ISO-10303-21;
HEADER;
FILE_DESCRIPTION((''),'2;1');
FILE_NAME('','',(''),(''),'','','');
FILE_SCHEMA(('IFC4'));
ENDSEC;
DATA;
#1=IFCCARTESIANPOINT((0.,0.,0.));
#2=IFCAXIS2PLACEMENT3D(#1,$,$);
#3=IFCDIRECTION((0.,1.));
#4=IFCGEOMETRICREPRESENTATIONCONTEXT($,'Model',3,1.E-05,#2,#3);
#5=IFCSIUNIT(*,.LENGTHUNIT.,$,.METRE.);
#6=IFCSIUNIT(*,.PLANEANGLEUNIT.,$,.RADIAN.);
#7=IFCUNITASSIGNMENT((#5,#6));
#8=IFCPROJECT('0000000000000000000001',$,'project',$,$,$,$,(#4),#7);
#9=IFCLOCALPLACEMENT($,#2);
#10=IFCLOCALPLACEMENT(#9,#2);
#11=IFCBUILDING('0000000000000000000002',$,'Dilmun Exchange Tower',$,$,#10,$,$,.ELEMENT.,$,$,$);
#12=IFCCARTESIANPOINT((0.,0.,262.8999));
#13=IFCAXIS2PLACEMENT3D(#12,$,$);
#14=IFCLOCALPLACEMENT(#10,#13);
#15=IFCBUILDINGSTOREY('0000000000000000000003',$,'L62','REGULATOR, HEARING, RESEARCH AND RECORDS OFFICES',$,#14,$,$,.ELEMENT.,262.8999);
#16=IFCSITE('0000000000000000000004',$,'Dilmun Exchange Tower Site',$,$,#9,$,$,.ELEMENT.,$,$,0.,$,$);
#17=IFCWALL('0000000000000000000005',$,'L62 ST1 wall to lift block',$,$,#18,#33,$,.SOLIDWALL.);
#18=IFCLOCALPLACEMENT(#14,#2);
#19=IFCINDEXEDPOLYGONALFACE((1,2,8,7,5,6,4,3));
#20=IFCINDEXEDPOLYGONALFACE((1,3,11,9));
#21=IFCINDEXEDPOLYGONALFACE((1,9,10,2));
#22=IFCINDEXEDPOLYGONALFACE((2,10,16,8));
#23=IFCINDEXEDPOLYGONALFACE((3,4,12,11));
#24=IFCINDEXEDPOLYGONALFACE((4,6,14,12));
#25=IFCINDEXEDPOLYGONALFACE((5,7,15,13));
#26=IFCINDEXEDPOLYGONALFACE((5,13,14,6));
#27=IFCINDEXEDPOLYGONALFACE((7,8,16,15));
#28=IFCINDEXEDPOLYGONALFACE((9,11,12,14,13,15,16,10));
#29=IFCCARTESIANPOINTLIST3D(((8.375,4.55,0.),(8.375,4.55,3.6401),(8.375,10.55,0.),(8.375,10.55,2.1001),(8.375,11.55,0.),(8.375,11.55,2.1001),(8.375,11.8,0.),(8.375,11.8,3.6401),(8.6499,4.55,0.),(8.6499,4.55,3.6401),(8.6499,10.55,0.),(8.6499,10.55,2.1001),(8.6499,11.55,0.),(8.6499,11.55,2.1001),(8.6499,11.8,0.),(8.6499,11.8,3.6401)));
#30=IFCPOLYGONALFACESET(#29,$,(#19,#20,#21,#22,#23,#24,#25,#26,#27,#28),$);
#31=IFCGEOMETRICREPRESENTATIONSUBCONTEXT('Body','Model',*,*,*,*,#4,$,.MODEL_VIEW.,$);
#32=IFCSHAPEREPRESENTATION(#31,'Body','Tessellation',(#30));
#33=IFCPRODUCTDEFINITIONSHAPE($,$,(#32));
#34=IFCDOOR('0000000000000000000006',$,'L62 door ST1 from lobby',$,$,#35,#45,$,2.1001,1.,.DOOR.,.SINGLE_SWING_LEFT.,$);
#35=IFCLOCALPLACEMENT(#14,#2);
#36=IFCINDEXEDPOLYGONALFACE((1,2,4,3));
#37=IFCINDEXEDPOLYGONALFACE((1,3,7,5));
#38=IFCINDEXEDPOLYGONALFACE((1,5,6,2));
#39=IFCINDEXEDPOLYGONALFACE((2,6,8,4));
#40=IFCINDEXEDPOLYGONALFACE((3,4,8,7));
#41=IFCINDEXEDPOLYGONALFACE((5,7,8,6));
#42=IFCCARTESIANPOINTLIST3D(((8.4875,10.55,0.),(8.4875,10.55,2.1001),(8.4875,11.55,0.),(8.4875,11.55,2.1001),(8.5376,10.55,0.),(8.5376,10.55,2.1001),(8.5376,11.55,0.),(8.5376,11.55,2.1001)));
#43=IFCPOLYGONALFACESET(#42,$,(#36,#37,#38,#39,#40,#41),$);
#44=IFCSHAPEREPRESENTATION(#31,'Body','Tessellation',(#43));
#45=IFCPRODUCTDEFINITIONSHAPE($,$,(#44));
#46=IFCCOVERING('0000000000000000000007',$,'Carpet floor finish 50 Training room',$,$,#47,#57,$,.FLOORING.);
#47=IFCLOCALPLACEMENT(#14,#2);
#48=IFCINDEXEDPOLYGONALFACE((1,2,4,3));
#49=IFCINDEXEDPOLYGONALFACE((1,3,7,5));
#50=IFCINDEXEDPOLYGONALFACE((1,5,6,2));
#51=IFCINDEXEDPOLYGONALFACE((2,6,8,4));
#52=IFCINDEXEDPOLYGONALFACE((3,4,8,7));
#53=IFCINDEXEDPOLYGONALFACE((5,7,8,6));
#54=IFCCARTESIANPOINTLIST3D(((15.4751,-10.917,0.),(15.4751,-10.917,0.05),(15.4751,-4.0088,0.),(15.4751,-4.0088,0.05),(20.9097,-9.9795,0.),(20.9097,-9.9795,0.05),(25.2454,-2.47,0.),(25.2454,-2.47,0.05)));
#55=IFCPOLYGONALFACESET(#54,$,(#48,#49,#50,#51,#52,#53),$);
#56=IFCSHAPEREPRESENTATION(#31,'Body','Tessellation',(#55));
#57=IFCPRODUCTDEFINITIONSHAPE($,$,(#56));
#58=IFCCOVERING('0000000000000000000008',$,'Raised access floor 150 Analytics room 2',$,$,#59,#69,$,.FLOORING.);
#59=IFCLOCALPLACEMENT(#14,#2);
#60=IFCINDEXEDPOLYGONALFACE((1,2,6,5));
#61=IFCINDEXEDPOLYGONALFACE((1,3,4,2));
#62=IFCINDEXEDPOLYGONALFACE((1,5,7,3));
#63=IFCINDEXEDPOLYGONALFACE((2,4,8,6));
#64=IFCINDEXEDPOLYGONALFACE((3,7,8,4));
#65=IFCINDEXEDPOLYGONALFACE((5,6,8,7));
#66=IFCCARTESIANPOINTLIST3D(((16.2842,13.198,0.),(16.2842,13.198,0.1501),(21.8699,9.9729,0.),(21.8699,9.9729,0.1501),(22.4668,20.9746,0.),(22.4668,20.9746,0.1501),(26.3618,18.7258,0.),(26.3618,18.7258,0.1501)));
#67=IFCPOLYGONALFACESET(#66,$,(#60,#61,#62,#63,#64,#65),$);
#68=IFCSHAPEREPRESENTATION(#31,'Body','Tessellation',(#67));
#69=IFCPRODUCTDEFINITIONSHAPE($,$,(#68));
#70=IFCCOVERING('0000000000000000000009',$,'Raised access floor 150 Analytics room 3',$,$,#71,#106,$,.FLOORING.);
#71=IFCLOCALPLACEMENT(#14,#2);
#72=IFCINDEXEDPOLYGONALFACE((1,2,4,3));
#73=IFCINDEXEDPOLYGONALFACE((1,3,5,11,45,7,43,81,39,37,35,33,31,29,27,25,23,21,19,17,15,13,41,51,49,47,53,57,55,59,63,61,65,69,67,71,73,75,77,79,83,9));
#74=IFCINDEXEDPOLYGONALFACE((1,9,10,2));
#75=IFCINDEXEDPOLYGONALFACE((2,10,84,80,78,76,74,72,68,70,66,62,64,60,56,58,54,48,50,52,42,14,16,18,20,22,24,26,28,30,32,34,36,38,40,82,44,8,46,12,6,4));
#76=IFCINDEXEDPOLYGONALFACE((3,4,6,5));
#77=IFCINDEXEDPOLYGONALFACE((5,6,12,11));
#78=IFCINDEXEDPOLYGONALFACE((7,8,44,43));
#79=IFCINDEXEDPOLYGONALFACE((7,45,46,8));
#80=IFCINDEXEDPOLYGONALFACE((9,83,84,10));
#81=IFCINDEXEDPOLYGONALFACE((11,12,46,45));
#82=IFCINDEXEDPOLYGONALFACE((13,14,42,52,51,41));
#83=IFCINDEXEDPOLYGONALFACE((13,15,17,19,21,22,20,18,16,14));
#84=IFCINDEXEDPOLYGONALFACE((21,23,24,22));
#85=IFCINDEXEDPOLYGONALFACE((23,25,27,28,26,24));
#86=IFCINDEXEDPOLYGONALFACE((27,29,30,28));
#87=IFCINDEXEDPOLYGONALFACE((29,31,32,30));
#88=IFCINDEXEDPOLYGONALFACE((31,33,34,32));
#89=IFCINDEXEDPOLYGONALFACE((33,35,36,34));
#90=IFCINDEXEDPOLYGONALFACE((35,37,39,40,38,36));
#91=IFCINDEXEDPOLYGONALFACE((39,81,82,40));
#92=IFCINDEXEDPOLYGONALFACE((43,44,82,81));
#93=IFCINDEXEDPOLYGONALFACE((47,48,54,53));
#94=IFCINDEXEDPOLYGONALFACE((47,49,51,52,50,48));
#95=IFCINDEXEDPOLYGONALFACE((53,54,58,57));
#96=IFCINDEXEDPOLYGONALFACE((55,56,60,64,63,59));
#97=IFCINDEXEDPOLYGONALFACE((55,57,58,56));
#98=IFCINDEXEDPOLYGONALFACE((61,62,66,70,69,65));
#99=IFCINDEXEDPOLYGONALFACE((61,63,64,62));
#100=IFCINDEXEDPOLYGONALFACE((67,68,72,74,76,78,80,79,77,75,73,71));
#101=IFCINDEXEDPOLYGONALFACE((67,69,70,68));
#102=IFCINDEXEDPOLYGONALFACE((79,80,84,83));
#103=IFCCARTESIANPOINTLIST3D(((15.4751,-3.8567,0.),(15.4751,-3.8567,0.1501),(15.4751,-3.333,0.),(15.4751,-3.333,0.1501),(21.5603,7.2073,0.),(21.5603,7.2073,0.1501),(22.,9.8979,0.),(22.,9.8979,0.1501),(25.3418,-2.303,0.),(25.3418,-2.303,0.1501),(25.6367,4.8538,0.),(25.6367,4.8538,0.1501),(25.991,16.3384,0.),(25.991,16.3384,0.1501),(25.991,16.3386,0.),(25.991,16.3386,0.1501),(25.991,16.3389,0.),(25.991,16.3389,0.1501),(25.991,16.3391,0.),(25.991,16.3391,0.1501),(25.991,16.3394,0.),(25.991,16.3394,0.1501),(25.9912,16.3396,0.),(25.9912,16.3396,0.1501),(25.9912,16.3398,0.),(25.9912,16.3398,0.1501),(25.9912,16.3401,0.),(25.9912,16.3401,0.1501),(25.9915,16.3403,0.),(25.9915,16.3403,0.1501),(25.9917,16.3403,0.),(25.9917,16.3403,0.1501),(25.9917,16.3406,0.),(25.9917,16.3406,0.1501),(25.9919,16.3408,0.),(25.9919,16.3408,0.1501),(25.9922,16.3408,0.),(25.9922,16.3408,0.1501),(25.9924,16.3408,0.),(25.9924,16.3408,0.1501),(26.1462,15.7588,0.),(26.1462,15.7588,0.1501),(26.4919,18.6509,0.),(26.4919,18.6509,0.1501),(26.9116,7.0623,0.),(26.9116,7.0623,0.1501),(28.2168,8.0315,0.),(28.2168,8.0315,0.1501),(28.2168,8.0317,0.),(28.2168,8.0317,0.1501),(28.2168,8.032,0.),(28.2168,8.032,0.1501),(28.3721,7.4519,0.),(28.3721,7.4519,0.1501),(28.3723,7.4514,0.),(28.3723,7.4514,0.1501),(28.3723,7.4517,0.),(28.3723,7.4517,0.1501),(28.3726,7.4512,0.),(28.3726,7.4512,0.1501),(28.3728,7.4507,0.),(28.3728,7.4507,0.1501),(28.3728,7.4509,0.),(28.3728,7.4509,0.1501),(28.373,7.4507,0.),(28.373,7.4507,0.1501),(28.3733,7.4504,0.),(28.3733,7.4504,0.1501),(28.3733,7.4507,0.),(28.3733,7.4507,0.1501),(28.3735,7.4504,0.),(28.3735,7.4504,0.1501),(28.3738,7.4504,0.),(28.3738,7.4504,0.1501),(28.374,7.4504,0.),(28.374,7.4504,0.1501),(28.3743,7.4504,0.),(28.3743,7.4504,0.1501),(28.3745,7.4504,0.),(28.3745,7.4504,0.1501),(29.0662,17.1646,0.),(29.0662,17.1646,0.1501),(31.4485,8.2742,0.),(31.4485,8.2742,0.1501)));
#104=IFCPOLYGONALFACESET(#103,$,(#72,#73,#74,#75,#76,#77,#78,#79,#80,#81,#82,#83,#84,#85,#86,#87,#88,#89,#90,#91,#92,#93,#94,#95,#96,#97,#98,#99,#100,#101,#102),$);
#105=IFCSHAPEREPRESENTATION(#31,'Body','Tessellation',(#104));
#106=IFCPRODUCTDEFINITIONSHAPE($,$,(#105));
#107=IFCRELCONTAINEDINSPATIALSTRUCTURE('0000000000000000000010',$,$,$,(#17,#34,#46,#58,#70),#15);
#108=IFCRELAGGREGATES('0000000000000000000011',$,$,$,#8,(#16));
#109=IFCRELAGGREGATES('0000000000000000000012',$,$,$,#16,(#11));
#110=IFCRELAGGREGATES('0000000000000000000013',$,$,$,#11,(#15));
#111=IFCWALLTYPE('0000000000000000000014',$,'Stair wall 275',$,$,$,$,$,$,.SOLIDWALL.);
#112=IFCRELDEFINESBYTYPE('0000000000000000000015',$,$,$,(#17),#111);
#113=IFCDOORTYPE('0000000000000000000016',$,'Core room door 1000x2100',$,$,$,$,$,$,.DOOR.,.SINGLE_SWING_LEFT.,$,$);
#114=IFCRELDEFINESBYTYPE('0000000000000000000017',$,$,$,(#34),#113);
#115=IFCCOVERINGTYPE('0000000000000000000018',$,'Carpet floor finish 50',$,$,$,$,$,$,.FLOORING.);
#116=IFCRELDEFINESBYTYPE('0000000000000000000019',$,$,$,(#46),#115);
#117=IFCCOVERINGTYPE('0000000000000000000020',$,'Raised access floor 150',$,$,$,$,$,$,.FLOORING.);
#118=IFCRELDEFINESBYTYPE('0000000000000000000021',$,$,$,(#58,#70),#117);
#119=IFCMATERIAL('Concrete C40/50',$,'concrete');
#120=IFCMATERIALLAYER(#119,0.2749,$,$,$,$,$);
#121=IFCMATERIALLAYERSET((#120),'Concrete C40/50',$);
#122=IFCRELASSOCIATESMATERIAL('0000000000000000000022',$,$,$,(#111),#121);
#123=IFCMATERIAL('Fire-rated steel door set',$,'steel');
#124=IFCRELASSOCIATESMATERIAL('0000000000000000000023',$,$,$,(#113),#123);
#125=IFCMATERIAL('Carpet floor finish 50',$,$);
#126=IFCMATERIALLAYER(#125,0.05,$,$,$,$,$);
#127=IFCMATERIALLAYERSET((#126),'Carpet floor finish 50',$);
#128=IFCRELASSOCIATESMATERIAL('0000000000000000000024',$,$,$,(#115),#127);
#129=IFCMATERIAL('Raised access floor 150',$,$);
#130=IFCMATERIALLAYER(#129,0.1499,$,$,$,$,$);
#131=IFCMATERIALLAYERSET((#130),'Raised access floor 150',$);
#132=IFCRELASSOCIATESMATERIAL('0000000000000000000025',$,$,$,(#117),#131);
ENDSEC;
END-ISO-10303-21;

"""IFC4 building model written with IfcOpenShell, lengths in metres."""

from ifc_helpers import new_model, si_unit, direction, frame, frame_2d, origin, place, context, subcontext, project, spatial, polyline, rectangle, outline, extrude, material, layer, layer_set, type_object, element, fill, save


model = new_model("IFC4")

# Units and contexts
model_context = context("Model", 3, precision=1e-05, world=origin(), true_north=direction((0.0, 1.0)))
body_context = subcontext(model_context, "Body", "Model", "MODEL_VIEW")
ifc_project = project(units=[si_unit("LENGTHUNIT", "METRE"), si_unit("PLANEANGLEUNIT", "RADIAN")], contexts=[model_context])

# Site, building, storey
site_placement = place(None, origin())
site = spatial("IfcSite", under=ifc_project, at=site_placement, Name="Dilmun Exchange Tower Site", CompositionType="ELEMENT", RefElevation=0.0)
building_placement = place(site_placement, origin())
building = spatial("IfcBuilding", under=site, at=building_placement, Name="Dilmun Exchange Tower", CompositionType="ELEMENT")
storey_placement = place(building_placement, frame((0.0, 0.0, 262.8999)))
storey = spatial("IfcBuildingStorey", under=building, at=storey_placement, Name="L62", Description="REGULATOR, HEARING, RESEARCH AND RECORDS OFFICES", CompositionType="ELEMENT", Elevation=262.8999)

# Shared definitions
ifc_material_1 = material(Name="Concrete C40/50", Category="concrete")

# Shared definitions
ifc_material_2 = material(Name="Fire-rated steel door set", Category="steel")

# Wall, opening, door
ifc_layer_1 = layer(ifc_material_1, 0.2749)
ifc_layer_set_1 = layer_set([ifc_layer_1], Name="Concrete C40/50")
wall_type_1 = type_object("IfcWallType", Name="Stair wall 275", PredefinedType="SOLIDWALL", material=ifc_layer_set_1)
wall_1_placement = place(storey_placement, frame((8.5125, 4.55, 0.0), z_axis=(0.0, 0.0, 1.0), x_axis=(0.0, 1.0, 0.0)))
wall_1 = element("IfcWall", 1, at=wall_1_placement, inside=storey, type_object=wall_type_1, Name="L62 ST1 wall to lift block", PredefinedType="SOLIDWALL", context=body_context, shape_type="SweptSolid", body=[
    extrude(rectangle(XDim=7.25, YDim=0.2749, at=frame_2d((3.625, 0.0))), origin(), (0.0, 0.0, 1.0), 3.6401),
])
opening_1_placement = place(wall_1_placement, frame((6.0, 0.0, 0.0)))
opening_1 = element("IfcOpeningElement", 2, at=opening_1_placement, cuts=wall_1, PredefinedType="OPENING", context=body_context, shape_type="SweptSolid", body=[
    extrude(rectangle(XDim=1.0, YDim=2.1001, at=frame_2d((0.5, 1.05))), frame((0.0, 0.1475, 0.0), z_axis=(0.0, -1.0, 0.0), x_axis=(1.0, 0.0, 0.0)), (0.0, 0.0, 1.0), 0.2949),
])
door_type_1 = type_object("IfcDoorType", Name="Core room door 1000x2100", OperationType="SINGLE_SWING_LEFT", PredefinedType="DOOR", material=ifc_material_2)
door_1_placement = place(opening_1_placement, origin())
door_1 = element("IfcDoor", 3, at=door_1_placement, inside=storey, type_object=door_type_1, Name="L62 door ST1 from lobby", OperationType="SINGLE_SWING_LEFT", OverallHeight=2.1001, OverallWidth=1.0, PredefinedType="DOOR", context=body_context, shape_type="SweptSolid", body=[
    extrude(rectangle(XDim=1.0, YDim=2.1001, at=frame_2d((0.5, 1.05))), frame((0.0, 0.0249, 0.0), z_axis=(0.0, -1.0, 0.0), x_axis=(1.0, 0.0, 0.0)), (0.0, 0.0, 1.0), 0.05),
])
fill(opening_1, door_1)

# Coverings
ifc_material_3 = material(Name="Carpet floor finish 50")
ifc_layer_2 = layer(ifc_material_3, 0.05)
ifc_layer_set_2 = layer_set([ifc_layer_2], Name="Carpet floor finish 50")
covering_type_1 = type_object("IfcCoveringType", Name="Carpet floor finish 50", PredefinedType="FLOORING", material=ifc_layer_set_2)
covering_1_placement = place(storey_placement, origin())
element("IfcCovering", 4, at=covering_1_placement, inside=storey, type_object=covering_type_1, Name="Carpet floor finish 50 Training room", PredefinedType="FLOORING", context=body_context, shape_type="SweptSolid", body=[
    extrude(outline(polyline([(15.4751, -10.917), (15.4751, -4.0088), (25.2454, -2.47), (20.9097, -9.9795), (15.4751, -10.917)])), origin(), (0.0, 0.0, 1.0), 0.05),
])
ifc_material_4 = material(Name="Raised access floor 150")
ifc_layer_3 = layer(ifc_material_4, 0.1499)
ifc_layer_set_3 = layer_set([ifc_layer_3], Name="Raised access floor 150")
covering_type_2 = type_object("IfcCoveringType", Name="Raised access floor 150", PredefinedType="FLOORING", material=ifc_layer_set_3)
covering_2_placement = place(storey_placement, origin())
element("IfcCovering", 5, at=covering_2_placement, inside=storey, type_object=covering_type_2, Name="Raised access floor 150 Analytics room 2", PredefinedType="FLOORING", context=body_context, shape_type="SweptSolid", body=[
    extrude(outline(polyline([(21.8699, 9.9729), (16.2842, 13.198), (22.4668, 20.9746), (26.3618, 18.7258), (21.8699, 9.9729)])), origin(), (0.0, 0.0, 1.0), 0.1501),
])
covering_3_placement = place(storey_placement, origin())
element("IfcCovering", 6, at=covering_3_placement, inside=storey, type_object=covering_type_2, Name="Raised access floor 150 Analytics room 3", PredefinedType="FLOORING", context=body_context, shape_type="SweptSolid", body=[
    extrude(outline(polyline([(25.6367, 4.8538), (26.9116, 7.0623), (22.0, 9.8979), (26.4919, 18.6509), (29.0662, 17.1646), (25.9924, 16.3408), (25.9922, 16.3408), (25.9922, 16.3408), (25.9919, 16.3408), (25.9917, 16.3406), (25.9917, 16.3403), (25.9915, 16.3403), (25.9912, 16.3401), (25.9912, 16.3401), (25.9912, 16.3398), (25.9912, 16.3396), (25.991, 16.3394), (25.991, 16.3391), (25.991, 16.3391), (25.991, 16.3389), (25.991, 16.3386), (25.991, 16.3384), (26.1462, 15.7588), (28.2168, 8.032), (28.2168, 8.032), (28.2168, 8.0317), (28.2168, 8.0317), (28.2168, 8.0315), (28.3721, 7.4519), (28.3723, 7.4517), (28.3723, 7.4514), (28.3723, 7.4514), (28.3726, 7.4512), (28.3726, 7.4512), (28.3728, 7.4509), (28.3728, 7.4507), (28.373, 7.4507), (28.3733, 7.4507), (28.3733, 7.4504), (28.3735, 7.4504), (28.3738, 7.4504), (28.374, 7.4504), (28.3743, 7.4504), (28.3745, 7.4504), (28.3745, 7.4504), (31.4485, 8.2742), (25.3418, -2.303), (15.4751, -3.8567), (15.4751, -3.333), (21.5603, 7.2073), (25.6367, 4.8538)])), origin(), (0.0, 0.0, 1.0), 0.1501),
])

save(model, "model.ifc")
